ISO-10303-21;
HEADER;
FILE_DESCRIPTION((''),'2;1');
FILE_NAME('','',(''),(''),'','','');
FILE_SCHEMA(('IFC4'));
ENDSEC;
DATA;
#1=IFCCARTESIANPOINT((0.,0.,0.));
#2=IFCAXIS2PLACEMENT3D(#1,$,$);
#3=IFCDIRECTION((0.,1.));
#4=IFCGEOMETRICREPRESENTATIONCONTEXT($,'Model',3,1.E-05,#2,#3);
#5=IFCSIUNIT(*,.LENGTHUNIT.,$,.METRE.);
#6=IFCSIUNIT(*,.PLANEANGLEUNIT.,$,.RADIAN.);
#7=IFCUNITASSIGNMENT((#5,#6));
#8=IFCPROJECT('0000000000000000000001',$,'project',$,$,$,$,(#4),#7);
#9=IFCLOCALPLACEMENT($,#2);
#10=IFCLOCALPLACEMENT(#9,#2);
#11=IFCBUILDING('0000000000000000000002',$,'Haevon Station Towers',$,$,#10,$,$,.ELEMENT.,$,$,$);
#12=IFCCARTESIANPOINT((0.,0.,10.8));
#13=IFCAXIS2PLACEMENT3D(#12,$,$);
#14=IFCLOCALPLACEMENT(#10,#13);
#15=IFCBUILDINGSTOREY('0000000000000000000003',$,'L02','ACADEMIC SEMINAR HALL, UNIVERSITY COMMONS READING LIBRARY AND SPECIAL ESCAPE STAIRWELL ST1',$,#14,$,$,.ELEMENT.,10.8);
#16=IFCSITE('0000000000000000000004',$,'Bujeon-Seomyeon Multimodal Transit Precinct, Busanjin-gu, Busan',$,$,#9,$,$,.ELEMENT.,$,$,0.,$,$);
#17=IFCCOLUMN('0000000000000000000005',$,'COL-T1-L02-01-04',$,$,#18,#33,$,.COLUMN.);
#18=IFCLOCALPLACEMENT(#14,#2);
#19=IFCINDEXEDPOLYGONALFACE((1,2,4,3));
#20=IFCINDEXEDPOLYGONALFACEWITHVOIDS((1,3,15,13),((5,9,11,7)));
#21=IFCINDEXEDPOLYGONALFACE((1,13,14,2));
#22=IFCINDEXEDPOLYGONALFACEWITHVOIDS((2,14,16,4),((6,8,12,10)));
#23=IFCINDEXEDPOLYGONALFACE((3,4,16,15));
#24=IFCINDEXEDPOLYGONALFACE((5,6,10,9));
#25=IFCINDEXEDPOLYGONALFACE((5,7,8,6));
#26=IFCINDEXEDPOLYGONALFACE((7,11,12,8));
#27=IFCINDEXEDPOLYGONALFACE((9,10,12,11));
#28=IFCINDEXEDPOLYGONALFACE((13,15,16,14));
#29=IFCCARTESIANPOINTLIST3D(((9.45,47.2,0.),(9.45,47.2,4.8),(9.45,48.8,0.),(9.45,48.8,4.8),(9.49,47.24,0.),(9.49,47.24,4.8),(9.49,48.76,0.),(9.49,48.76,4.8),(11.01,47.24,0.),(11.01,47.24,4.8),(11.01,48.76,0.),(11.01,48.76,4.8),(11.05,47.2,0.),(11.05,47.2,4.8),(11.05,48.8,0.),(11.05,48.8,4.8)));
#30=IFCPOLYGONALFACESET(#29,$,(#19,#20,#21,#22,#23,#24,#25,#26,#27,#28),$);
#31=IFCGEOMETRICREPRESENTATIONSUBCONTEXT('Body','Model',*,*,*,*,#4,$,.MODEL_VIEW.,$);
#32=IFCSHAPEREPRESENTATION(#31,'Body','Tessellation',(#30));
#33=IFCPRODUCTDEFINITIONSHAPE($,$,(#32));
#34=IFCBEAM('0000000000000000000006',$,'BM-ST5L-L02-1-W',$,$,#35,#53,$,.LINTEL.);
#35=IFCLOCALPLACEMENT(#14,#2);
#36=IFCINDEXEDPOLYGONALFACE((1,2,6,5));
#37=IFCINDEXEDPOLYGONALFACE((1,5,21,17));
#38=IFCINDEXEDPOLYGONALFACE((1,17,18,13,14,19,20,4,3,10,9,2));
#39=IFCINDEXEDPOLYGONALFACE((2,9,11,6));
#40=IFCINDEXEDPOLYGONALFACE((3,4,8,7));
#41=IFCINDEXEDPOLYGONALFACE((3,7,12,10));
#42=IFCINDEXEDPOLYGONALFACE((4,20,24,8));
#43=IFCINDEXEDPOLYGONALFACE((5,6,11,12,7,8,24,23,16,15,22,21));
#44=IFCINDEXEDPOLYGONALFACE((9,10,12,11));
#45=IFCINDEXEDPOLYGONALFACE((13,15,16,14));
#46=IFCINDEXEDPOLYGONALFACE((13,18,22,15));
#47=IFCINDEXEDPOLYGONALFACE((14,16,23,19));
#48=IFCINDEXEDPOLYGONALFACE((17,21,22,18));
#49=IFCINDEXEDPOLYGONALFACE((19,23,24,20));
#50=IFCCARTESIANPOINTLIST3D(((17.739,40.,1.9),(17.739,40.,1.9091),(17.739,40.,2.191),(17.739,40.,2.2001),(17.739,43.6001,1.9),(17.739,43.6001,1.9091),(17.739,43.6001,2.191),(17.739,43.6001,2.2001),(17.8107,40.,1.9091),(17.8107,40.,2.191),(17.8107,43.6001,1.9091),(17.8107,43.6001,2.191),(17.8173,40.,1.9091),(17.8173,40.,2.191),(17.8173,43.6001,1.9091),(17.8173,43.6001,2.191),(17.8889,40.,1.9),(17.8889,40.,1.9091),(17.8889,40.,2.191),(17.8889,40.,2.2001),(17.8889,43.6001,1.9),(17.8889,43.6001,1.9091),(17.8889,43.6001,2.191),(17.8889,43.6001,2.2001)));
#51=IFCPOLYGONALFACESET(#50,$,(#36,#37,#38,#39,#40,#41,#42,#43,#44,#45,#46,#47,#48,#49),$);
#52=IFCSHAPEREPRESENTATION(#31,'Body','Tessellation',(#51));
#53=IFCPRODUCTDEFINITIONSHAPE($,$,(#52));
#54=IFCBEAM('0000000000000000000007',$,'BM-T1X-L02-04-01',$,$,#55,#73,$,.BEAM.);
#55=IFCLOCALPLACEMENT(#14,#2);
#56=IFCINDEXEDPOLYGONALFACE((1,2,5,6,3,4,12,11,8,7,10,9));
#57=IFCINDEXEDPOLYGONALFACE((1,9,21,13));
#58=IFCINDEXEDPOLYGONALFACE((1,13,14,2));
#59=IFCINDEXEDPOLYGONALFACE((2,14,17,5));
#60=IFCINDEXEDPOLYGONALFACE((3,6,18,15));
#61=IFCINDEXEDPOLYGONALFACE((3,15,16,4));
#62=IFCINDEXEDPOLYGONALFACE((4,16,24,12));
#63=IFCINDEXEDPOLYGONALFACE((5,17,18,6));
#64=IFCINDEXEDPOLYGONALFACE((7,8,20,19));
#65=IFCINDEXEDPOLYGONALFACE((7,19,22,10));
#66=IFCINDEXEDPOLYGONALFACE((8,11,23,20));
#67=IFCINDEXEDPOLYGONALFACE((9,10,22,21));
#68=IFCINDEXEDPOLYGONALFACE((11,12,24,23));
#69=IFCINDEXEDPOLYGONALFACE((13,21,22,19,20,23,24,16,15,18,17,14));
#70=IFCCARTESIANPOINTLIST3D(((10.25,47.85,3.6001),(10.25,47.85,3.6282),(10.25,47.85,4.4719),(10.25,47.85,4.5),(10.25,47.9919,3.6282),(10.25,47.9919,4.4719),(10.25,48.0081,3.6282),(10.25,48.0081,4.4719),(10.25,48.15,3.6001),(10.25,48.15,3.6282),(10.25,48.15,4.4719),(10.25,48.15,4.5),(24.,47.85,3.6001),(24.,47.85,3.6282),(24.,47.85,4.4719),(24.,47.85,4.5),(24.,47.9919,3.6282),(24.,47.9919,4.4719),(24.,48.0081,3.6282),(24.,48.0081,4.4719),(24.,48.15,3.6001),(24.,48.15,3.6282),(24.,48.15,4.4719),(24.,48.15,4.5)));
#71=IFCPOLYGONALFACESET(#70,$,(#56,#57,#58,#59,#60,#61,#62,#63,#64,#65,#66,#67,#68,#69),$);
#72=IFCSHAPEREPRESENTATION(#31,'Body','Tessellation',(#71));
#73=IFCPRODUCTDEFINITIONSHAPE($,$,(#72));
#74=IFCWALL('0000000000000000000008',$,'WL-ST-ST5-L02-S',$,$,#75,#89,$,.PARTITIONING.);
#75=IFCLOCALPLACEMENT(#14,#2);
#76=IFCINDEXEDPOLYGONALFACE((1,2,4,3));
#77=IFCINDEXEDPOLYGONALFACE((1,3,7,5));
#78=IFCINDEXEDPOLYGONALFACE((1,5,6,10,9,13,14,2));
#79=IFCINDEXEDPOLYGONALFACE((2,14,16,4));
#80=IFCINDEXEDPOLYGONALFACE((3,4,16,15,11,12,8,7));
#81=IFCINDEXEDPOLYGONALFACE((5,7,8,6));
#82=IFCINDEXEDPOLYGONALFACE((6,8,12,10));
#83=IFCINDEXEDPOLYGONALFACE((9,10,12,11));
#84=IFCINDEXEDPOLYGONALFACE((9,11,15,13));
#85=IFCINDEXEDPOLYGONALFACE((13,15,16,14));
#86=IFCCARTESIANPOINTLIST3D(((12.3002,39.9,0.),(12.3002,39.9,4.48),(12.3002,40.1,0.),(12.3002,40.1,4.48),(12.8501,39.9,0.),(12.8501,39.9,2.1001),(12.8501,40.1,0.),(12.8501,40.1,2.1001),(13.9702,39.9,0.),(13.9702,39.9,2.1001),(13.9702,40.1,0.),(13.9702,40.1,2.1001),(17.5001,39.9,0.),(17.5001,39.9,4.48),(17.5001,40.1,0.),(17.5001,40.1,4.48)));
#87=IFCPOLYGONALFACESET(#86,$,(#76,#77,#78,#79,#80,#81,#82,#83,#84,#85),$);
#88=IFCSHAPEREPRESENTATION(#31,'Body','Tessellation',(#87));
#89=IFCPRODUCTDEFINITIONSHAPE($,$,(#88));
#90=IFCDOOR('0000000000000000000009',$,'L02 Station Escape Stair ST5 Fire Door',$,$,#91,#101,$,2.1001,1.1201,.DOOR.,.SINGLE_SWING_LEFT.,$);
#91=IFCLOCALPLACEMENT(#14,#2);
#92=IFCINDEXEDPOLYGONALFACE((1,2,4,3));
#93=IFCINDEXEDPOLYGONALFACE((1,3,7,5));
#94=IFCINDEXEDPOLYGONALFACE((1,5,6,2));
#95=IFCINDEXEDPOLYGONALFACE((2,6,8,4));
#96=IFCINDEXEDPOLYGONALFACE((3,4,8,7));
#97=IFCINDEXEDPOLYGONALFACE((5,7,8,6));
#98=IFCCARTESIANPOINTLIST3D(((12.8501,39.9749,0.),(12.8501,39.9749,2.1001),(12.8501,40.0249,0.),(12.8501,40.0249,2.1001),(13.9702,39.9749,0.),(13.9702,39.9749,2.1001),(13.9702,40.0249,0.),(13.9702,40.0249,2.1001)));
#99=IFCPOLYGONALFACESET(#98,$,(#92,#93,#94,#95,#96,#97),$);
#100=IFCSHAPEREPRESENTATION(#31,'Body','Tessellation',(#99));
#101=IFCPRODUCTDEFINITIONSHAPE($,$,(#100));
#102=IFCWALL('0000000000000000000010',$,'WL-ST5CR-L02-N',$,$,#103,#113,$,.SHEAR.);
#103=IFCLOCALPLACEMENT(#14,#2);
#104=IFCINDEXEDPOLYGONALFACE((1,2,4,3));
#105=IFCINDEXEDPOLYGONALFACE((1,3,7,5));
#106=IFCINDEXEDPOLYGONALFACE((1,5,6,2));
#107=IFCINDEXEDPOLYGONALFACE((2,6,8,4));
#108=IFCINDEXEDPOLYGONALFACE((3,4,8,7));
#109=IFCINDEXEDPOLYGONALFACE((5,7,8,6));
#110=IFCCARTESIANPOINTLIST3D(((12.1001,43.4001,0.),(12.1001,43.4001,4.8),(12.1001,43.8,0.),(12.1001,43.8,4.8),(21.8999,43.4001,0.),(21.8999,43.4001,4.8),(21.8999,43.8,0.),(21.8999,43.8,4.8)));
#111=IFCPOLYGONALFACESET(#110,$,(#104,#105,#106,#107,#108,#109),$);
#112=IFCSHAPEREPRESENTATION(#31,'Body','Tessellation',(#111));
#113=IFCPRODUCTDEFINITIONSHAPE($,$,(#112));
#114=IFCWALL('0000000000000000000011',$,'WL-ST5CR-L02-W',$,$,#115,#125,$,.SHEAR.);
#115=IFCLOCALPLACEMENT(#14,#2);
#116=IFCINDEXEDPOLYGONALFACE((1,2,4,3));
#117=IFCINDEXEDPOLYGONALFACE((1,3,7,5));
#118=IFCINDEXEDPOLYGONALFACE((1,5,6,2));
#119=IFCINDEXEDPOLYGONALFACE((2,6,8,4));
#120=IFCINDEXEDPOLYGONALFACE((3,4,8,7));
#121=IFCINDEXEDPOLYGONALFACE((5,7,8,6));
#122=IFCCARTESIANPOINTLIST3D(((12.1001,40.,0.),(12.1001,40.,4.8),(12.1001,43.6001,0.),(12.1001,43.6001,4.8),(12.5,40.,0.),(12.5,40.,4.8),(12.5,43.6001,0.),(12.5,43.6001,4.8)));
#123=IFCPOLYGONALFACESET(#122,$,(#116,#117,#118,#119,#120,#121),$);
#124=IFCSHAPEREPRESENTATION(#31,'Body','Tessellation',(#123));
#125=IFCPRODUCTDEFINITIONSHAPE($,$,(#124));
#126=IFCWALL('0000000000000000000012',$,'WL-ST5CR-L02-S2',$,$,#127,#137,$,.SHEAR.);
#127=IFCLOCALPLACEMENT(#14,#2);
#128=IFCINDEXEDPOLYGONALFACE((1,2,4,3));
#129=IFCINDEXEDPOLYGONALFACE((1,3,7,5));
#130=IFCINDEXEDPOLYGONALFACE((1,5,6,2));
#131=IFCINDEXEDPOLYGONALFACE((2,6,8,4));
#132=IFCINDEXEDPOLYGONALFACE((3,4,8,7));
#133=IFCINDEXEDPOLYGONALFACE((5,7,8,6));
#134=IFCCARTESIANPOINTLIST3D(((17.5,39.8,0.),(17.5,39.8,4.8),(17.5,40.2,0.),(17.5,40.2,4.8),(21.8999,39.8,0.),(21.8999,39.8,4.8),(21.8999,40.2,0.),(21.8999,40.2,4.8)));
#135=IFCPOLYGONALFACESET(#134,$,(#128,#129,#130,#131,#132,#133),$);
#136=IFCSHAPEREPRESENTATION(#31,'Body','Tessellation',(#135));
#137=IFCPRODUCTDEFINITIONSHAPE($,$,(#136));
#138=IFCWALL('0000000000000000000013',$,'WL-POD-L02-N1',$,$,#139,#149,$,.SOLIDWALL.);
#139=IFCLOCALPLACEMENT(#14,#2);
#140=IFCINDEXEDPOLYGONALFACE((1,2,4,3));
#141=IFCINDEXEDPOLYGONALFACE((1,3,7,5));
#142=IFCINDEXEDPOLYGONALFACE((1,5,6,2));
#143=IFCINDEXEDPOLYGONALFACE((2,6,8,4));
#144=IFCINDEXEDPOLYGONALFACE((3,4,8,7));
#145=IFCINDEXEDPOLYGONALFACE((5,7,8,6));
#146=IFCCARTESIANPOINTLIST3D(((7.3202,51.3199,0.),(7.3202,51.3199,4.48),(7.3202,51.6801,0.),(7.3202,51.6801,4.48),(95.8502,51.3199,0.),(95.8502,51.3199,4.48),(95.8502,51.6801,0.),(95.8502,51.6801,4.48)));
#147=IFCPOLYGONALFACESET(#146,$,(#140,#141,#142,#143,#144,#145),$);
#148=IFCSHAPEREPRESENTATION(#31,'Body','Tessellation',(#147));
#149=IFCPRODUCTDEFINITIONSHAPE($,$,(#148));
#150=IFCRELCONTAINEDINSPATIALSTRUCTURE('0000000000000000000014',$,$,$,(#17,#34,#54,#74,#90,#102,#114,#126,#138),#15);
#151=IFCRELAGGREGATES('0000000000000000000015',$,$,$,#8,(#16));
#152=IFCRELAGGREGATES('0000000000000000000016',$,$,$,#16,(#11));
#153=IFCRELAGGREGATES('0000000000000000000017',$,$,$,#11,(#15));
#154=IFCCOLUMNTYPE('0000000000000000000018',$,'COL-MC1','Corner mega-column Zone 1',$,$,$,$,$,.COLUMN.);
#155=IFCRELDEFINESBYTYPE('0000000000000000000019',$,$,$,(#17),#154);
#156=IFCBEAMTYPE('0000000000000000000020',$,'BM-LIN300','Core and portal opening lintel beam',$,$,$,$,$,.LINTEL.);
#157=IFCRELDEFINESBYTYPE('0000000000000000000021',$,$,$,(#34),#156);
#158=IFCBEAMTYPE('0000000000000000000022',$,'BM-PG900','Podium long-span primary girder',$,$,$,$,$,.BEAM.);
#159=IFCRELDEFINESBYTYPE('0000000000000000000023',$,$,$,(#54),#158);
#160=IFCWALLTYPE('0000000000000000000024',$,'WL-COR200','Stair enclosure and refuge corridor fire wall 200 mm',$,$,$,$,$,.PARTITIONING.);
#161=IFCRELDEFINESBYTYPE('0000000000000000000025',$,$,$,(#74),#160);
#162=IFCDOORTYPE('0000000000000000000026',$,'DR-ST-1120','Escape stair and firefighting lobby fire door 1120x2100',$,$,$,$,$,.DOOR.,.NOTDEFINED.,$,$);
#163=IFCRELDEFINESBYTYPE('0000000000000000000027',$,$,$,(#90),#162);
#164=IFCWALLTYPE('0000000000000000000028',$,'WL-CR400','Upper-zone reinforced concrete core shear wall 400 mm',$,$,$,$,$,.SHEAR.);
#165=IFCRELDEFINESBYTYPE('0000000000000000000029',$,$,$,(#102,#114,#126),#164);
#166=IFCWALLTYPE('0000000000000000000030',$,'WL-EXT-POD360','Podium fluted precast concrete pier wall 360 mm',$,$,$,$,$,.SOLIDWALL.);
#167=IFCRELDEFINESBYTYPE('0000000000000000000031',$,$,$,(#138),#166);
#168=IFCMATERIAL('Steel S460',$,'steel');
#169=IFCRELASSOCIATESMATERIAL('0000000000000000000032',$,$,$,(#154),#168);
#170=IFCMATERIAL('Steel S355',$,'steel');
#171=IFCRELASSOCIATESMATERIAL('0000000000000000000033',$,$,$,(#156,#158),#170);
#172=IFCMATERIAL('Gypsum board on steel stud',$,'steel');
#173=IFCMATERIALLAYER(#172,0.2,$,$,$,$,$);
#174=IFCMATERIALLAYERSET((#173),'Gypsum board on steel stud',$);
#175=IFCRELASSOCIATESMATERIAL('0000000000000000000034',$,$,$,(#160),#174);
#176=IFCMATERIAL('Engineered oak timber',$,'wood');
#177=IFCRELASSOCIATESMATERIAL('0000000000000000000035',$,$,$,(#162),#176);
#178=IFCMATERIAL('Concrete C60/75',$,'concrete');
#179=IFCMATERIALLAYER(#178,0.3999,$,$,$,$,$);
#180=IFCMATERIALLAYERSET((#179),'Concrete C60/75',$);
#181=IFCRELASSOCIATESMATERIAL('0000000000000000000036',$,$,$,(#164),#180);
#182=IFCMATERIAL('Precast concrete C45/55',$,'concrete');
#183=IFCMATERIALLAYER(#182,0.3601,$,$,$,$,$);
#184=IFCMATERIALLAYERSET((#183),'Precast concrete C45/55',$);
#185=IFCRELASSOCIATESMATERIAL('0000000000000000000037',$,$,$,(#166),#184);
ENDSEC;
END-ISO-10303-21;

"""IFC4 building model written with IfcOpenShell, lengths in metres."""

from ifc_helpers import new_model, si_unit, direction, frame, frame_2d, origin, origin_2d, place, context, subcontext, project, spatial, rectangle, hollow_rectangle, i_section, extrude, material, layer, layer_set, material_profile, profile_set, type_object, element, fill, save


model = new_model("IFC4")

# Units and contexts
model_context = context("Model", 3, precision=1e-05, world=origin(), true_north=direction((0.0, 1.0)))
body_context = subcontext(model_context, "Body", "Model", "MODEL_VIEW")
ifc_project = project(units=[si_unit("LENGTHUNIT", "METRE"), si_unit("PLANEANGLEUNIT", "RADIAN")], contexts=[model_context])

# Site, building, storey
site_placement = place(None, origin())
site = spatial("IfcSite", under=ifc_project, at=site_placement, Name="Bujeon-Seomyeon Multimodal Transit Precinct, Busanjin-gu, Busan", CompositionType="ELEMENT", RefElevation=0.0)
building_placement = place(site_placement, origin())
building = spatial("IfcBuilding", under=site, at=building_placement, Name="Haevon Station Towers", CompositionType="ELEMENT")
storey_placement = place(building_placement, frame((0.0, 0.0, 10.8)))
storey = spatial("IfcBuildingStorey", under=building, at=storey_placement, Name="L02", Description="ACADEMIC SEMINAR HALL, UNIVERSITY COMMONS READING LIBRARY AND SPECIAL ESCAPE STAIRWELL ST1", CompositionType="ELEMENT", Elevation=10.8)

# Column
ifc_material_1 = material(Name="Steel S460", Category="steel")
ifc_material_profile_1 = material_profile(ifc_material_1, hollow_rectangle(XDim=1.6001, YDim=1.6001, WallThickness=0.04, at=origin_2d()), Name="BOX-1600x1600x40")
ifc_profile_set_1 = profile_set([ifc_material_profile_1], Name="Steel S460")
column_type = type_object("IfcColumnType", Name="COL-MC1", Description="Corner mega-column Zone 1", PredefinedType="COLUMN", material=ifc_profile_set_1)
column_placement = place(storey_placement, frame((10.25, 48.0, 0.0), z_axis=(0.0, 0.0, 1.0), x_axis=(1.0, 0.0, 0.0)))
element("IfcColumn", 1, at=column_placement, inside=storey, type_object=column_type, Name="COL-T1-L02-01-04", PredefinedType="COLUMN", context=body_context, shape_type="SweptSolid", body=[
    extrude(hollow_rectangle(XDim=1.6001, YDim=1.6001, WallThickness=0.04, at=origin_2d()), origin(), (0.0, 0.0, 1.0), 4.8),
])

# Beams
ifc_material_2 = material(Name="Steel S355", Category="steel")
ifc_material_profile_2 = material_profile(ifc_material_2, i_section(OverallWidth=0.1499, OverallDepth=0.3, WebThickness=0.0066, FlangeThickness=0.009, at=origin_2d()), Name="H-300x150x6.5x9")
ifc_profile_set_2 = profile_set([ifc_material_profile_2], Name="Steel S355")
beam_type_1 = type_object("IfcBeamType", Name="BM-LIN300", Description="Core and portal opening lintel beam", PredefinedType="LINTEL", material=ifc_profile_set_2)
beam_1_placement = place(storey_placement, frame((17.814, 40.0, 2.05), z_axis=(0.0, 1.0, 0.0), x_axis=(-1.0, 0.0, 0.0)))
element("IfcBeam", 2, at=beam_1_placement, inside=storey, type_object=beam_type_1, Name="BM-ST5L-L02-1-W", PredefinedType="LINTEL", context=body_context, shape_type="SweptSolid", body=[
    extrude(i_section(OverallWidth=0.1499, OverallDepth=0.3, WebThickness=0.0066, FlangeThickness=0.009, at=origin_2d()), origin(), (0.0, 0.0, 1.0), 3.6001),
])
ifc_material_profile_3 = material_profile(ifc_material_2, i_section(OverallWidth=0.3, OverallDepth=0.8999, WebThickness=0.0161, FlangeThickness=0.0281, at=origin_2d()), Name="H-900x300x16x28")
ifc_profile_set_3 = profile_set([ifc_material_profile_3], Name="Steel S355")
beam_type_2 = type_object("IfcBeamType", Name="BM-PG900", Description="Podium long-span primary girder", PredefinedType="BEAM", material=ifc_profile_set_3)
beam_2_placement = place(storey_placement, frame((10.25, 48.0, 4.05), z_axis=(1.0, 0.0, 0.0), x_axis=(0.0, 1.0, 0.0)))
element("IfcBeam", 3, at=beam_2_placement, inside=storey, type_object=beam_type_2, Name="BM-T1X-L02-04-01", PredefinedType="BEAM", context=body_context, shape_type="SweptSolid", body=[
    extrude(i_section(OverallWidth=0.3, OverallDepth=0.8999, WebThickness=0.0161, FlangeThickness=0.0281, at=origin_2d()), origin(), (0.0, 0.0, 1.0), 13.75),
])

# Wall, opening, door
ifc_material_3 = material(Name="Gypsum board on steel stud", Category="steel")
ifc_layer_1 = layer(ifc_material_3, 0.2)
ifc_layer_set_1 = layer_set([ifc_layer_1], Name="Gypsum board on steel stud")
wall_type_1 = type_object("IfcWallType", Name="WL-COR200", Description="Stair enclosure and refuge corridor fire wall 200 mm", PredefinedType="PARTITIONING", material=ifc_layer_set_1)
wall_1_placement = place(storey_placement, frame((12.3, 40.0, 0.0), z_axis=(0.0, 0.0, 1.0), x_axis=(1.0, 0.0, 0.0)))
wall_1 = element("IfcWall", 4, at=wall_1_placement, inside=storey, type_object=wall_type_1, Name="WL-ST-ST5-L02-S", PredefinedType="PARTITIONING", context=body_context, shape_type="SweptSolid", body=[
    extrude(rectangle(XDim=5.2, YDim=0.2, at=frame_2d((2.6001, 0.0))), origin(), (0.0, 0.0, 1.0), 4.48),
])
opening_1_placement = place(wall_1_placement, frame((0.55, 0.0, 0.0)))
opening_1 = element("IfcOpeningElement", 5, at=opening_1_placement, cuts=wall_1, PredefinedType="OPENING", context=body_context, shape_type="SweptSolid", body=[
    extrude(rectangle(XDim=1.1201, YDim=2.1001, at=frame_2d((0.5601, 1.05))), frame((0.0, 0.1099, 0.0), z_axis=(0.0, -1.0, 0.0), x_axis=(1.0, 0.0, 0.0)), (0.0, 0.0, 1.0), 0.22),
])
ifc_material_4 = material(Name="Engineered oak timber", Category="wood")
door_type_1 = type_object("IfcDoorType", Name="DR-ST-1120", Description="Escape stair and firefighting lobby fire door 1120x2100", OperationType="NOTDEFINED", PredefinedType="DOOR", material=ifc_material_4)
door_1_placement = place(opening_1_placement, origin())
door_1 = element("IfcDoor", 6, at=door_1_placement, inside=storey, type_object=door_type_1, Name="L02 Station Escape Stair ST5 Fire Door", OperationType="SINGLE_SWING_LEFT", OverallHeight=2.1001, OverallWidth=1.1201, PredefinedType="DOOR", context=body_context, shape_type="SweptSolid", body=[
    extrude(rectangle(XDim=1.1201, YDim=2.1001, at=frame_2d((0.5601, 1.05))), frame((0.0, 0.0249, 0.0), z_axis=(0.0, -1.0, 0.0), x_axis=(1.0, 0.0, 0.0)), (0.0, 0.0, 1.0), 0.05),
])
fill(opening_1, door_1)

# Walls
ifc_material_5 = material(Name="Concrete C60/75", Category="concrete")
ifc_layer_2 = layer(ifc_material_5, 0.3999)
ifc_layer_set_2 = layer_set([ifc_layer_2], Name="Concrete C60/75")
wall_type_2 = type_object("IfcWallType", Name="WL-CR400", Description="Upper-zone reinforced concrete core shear wall 400 mm", PredefinedType="SHEAR", material=ifc_layer_set_2)
wall_2_placement = place(storey_placement, frame((12.1001, 43.6001, 0.0), z_axis=(0.0, 0.0, 1.0), x_axis=(1.0, 0.0, 0.0)))
element("IfcWall", 7, at=wall_2_placement, inside=storey, type_object=wall_type_2, Name="WL-ST5CR-L02-N", PredefinedType="SHEAR", context=body_context, shape_type="SweptSolid", body=[
    extrude(rectangle(XDim=9.7998, YDim=0.3999, at=frame_2d((4.8999, 0.0))), origin(), (0.0, 0.0, 1.0), 4.8),
])
wall_3_placement = place(storey_placement, frame((12.3, 40.0, 0.0), z_axis=(0.0, 0.0, 1.0), x_axis=(0.0, 1.0, 0.0)))
element("IfcWall", 8, at=wall_3_placement, inside=storey, type_object=wall_type_2, Name="WL-ST5CR-L02-W", PredefinedType="SHEAR", context=body_context, shape_type="SweptSolid", body=[
    extrude(rectangle(XDim=3.6001, YDim=0.3999, at=frame_2d((1.8, 0.0))), origin(), (0.0, 0.0, 1.0), 4.8),
])
wall_4_placement = place(storey_placement, frame((17.5, 40.0, 0.0), z_axis=(0.0, 0.0, 1.0), x_axis=(1.0, 0.0, 0.0)))
element("IfcWall", 9, at=wall_4_placement, inside=storey, type_object=wall_type_2, Name="WL-ST5CR-L02-S2", PredefinedType="SHEAR", context=body_context, shape_type="SweptSolid", body=[
    extrude(rectangle(XDim=4.3999, YDim=0.3999, at=frame_2d((2.2, 0.0))), origin(), (0.0, 0.0, 1.0), 4.8),
])
ifc_material_6 = material(Name="Precast concrete C45/55", Category="concrete")
ifc_layer_3 = layer(ifc_material_6, 0.3601)
ifc_layer_set_3 = layer_set([ifc_layer_3], Name="Precast concrete C45/55")
wall_type_3 = type_object("IfcWallType", Name="WL-EXT-POD360", Description="Podium fluted precast concrete pier wall 360 mm", PredefinedType="SOLIDWALL", material=ifc_layer_set_3)
wall_5_placement = place(storey_placement, frame((7.3201, 51.5, 0.0), z_axis=(0.0, 0.0, 1.0), x_axis=(1.0, 0.0, 0.0)))
element("IfcWall", 10, at=wall_5_placement, inside=storey, type_object=wall_type_3, Name="WL-POD-L02-N1", PredefinedType="SOLIDWALL", context=body_context, shape_type="SweptSolid", body=[
    extrude(rectangle(XDim=88.53, YDim=0.3601, at=frame_2d((44.2651, 0.0))), origin(), (0.0, 0.0, 1.0), 4.48),
])

save(model, "model.ifc")
